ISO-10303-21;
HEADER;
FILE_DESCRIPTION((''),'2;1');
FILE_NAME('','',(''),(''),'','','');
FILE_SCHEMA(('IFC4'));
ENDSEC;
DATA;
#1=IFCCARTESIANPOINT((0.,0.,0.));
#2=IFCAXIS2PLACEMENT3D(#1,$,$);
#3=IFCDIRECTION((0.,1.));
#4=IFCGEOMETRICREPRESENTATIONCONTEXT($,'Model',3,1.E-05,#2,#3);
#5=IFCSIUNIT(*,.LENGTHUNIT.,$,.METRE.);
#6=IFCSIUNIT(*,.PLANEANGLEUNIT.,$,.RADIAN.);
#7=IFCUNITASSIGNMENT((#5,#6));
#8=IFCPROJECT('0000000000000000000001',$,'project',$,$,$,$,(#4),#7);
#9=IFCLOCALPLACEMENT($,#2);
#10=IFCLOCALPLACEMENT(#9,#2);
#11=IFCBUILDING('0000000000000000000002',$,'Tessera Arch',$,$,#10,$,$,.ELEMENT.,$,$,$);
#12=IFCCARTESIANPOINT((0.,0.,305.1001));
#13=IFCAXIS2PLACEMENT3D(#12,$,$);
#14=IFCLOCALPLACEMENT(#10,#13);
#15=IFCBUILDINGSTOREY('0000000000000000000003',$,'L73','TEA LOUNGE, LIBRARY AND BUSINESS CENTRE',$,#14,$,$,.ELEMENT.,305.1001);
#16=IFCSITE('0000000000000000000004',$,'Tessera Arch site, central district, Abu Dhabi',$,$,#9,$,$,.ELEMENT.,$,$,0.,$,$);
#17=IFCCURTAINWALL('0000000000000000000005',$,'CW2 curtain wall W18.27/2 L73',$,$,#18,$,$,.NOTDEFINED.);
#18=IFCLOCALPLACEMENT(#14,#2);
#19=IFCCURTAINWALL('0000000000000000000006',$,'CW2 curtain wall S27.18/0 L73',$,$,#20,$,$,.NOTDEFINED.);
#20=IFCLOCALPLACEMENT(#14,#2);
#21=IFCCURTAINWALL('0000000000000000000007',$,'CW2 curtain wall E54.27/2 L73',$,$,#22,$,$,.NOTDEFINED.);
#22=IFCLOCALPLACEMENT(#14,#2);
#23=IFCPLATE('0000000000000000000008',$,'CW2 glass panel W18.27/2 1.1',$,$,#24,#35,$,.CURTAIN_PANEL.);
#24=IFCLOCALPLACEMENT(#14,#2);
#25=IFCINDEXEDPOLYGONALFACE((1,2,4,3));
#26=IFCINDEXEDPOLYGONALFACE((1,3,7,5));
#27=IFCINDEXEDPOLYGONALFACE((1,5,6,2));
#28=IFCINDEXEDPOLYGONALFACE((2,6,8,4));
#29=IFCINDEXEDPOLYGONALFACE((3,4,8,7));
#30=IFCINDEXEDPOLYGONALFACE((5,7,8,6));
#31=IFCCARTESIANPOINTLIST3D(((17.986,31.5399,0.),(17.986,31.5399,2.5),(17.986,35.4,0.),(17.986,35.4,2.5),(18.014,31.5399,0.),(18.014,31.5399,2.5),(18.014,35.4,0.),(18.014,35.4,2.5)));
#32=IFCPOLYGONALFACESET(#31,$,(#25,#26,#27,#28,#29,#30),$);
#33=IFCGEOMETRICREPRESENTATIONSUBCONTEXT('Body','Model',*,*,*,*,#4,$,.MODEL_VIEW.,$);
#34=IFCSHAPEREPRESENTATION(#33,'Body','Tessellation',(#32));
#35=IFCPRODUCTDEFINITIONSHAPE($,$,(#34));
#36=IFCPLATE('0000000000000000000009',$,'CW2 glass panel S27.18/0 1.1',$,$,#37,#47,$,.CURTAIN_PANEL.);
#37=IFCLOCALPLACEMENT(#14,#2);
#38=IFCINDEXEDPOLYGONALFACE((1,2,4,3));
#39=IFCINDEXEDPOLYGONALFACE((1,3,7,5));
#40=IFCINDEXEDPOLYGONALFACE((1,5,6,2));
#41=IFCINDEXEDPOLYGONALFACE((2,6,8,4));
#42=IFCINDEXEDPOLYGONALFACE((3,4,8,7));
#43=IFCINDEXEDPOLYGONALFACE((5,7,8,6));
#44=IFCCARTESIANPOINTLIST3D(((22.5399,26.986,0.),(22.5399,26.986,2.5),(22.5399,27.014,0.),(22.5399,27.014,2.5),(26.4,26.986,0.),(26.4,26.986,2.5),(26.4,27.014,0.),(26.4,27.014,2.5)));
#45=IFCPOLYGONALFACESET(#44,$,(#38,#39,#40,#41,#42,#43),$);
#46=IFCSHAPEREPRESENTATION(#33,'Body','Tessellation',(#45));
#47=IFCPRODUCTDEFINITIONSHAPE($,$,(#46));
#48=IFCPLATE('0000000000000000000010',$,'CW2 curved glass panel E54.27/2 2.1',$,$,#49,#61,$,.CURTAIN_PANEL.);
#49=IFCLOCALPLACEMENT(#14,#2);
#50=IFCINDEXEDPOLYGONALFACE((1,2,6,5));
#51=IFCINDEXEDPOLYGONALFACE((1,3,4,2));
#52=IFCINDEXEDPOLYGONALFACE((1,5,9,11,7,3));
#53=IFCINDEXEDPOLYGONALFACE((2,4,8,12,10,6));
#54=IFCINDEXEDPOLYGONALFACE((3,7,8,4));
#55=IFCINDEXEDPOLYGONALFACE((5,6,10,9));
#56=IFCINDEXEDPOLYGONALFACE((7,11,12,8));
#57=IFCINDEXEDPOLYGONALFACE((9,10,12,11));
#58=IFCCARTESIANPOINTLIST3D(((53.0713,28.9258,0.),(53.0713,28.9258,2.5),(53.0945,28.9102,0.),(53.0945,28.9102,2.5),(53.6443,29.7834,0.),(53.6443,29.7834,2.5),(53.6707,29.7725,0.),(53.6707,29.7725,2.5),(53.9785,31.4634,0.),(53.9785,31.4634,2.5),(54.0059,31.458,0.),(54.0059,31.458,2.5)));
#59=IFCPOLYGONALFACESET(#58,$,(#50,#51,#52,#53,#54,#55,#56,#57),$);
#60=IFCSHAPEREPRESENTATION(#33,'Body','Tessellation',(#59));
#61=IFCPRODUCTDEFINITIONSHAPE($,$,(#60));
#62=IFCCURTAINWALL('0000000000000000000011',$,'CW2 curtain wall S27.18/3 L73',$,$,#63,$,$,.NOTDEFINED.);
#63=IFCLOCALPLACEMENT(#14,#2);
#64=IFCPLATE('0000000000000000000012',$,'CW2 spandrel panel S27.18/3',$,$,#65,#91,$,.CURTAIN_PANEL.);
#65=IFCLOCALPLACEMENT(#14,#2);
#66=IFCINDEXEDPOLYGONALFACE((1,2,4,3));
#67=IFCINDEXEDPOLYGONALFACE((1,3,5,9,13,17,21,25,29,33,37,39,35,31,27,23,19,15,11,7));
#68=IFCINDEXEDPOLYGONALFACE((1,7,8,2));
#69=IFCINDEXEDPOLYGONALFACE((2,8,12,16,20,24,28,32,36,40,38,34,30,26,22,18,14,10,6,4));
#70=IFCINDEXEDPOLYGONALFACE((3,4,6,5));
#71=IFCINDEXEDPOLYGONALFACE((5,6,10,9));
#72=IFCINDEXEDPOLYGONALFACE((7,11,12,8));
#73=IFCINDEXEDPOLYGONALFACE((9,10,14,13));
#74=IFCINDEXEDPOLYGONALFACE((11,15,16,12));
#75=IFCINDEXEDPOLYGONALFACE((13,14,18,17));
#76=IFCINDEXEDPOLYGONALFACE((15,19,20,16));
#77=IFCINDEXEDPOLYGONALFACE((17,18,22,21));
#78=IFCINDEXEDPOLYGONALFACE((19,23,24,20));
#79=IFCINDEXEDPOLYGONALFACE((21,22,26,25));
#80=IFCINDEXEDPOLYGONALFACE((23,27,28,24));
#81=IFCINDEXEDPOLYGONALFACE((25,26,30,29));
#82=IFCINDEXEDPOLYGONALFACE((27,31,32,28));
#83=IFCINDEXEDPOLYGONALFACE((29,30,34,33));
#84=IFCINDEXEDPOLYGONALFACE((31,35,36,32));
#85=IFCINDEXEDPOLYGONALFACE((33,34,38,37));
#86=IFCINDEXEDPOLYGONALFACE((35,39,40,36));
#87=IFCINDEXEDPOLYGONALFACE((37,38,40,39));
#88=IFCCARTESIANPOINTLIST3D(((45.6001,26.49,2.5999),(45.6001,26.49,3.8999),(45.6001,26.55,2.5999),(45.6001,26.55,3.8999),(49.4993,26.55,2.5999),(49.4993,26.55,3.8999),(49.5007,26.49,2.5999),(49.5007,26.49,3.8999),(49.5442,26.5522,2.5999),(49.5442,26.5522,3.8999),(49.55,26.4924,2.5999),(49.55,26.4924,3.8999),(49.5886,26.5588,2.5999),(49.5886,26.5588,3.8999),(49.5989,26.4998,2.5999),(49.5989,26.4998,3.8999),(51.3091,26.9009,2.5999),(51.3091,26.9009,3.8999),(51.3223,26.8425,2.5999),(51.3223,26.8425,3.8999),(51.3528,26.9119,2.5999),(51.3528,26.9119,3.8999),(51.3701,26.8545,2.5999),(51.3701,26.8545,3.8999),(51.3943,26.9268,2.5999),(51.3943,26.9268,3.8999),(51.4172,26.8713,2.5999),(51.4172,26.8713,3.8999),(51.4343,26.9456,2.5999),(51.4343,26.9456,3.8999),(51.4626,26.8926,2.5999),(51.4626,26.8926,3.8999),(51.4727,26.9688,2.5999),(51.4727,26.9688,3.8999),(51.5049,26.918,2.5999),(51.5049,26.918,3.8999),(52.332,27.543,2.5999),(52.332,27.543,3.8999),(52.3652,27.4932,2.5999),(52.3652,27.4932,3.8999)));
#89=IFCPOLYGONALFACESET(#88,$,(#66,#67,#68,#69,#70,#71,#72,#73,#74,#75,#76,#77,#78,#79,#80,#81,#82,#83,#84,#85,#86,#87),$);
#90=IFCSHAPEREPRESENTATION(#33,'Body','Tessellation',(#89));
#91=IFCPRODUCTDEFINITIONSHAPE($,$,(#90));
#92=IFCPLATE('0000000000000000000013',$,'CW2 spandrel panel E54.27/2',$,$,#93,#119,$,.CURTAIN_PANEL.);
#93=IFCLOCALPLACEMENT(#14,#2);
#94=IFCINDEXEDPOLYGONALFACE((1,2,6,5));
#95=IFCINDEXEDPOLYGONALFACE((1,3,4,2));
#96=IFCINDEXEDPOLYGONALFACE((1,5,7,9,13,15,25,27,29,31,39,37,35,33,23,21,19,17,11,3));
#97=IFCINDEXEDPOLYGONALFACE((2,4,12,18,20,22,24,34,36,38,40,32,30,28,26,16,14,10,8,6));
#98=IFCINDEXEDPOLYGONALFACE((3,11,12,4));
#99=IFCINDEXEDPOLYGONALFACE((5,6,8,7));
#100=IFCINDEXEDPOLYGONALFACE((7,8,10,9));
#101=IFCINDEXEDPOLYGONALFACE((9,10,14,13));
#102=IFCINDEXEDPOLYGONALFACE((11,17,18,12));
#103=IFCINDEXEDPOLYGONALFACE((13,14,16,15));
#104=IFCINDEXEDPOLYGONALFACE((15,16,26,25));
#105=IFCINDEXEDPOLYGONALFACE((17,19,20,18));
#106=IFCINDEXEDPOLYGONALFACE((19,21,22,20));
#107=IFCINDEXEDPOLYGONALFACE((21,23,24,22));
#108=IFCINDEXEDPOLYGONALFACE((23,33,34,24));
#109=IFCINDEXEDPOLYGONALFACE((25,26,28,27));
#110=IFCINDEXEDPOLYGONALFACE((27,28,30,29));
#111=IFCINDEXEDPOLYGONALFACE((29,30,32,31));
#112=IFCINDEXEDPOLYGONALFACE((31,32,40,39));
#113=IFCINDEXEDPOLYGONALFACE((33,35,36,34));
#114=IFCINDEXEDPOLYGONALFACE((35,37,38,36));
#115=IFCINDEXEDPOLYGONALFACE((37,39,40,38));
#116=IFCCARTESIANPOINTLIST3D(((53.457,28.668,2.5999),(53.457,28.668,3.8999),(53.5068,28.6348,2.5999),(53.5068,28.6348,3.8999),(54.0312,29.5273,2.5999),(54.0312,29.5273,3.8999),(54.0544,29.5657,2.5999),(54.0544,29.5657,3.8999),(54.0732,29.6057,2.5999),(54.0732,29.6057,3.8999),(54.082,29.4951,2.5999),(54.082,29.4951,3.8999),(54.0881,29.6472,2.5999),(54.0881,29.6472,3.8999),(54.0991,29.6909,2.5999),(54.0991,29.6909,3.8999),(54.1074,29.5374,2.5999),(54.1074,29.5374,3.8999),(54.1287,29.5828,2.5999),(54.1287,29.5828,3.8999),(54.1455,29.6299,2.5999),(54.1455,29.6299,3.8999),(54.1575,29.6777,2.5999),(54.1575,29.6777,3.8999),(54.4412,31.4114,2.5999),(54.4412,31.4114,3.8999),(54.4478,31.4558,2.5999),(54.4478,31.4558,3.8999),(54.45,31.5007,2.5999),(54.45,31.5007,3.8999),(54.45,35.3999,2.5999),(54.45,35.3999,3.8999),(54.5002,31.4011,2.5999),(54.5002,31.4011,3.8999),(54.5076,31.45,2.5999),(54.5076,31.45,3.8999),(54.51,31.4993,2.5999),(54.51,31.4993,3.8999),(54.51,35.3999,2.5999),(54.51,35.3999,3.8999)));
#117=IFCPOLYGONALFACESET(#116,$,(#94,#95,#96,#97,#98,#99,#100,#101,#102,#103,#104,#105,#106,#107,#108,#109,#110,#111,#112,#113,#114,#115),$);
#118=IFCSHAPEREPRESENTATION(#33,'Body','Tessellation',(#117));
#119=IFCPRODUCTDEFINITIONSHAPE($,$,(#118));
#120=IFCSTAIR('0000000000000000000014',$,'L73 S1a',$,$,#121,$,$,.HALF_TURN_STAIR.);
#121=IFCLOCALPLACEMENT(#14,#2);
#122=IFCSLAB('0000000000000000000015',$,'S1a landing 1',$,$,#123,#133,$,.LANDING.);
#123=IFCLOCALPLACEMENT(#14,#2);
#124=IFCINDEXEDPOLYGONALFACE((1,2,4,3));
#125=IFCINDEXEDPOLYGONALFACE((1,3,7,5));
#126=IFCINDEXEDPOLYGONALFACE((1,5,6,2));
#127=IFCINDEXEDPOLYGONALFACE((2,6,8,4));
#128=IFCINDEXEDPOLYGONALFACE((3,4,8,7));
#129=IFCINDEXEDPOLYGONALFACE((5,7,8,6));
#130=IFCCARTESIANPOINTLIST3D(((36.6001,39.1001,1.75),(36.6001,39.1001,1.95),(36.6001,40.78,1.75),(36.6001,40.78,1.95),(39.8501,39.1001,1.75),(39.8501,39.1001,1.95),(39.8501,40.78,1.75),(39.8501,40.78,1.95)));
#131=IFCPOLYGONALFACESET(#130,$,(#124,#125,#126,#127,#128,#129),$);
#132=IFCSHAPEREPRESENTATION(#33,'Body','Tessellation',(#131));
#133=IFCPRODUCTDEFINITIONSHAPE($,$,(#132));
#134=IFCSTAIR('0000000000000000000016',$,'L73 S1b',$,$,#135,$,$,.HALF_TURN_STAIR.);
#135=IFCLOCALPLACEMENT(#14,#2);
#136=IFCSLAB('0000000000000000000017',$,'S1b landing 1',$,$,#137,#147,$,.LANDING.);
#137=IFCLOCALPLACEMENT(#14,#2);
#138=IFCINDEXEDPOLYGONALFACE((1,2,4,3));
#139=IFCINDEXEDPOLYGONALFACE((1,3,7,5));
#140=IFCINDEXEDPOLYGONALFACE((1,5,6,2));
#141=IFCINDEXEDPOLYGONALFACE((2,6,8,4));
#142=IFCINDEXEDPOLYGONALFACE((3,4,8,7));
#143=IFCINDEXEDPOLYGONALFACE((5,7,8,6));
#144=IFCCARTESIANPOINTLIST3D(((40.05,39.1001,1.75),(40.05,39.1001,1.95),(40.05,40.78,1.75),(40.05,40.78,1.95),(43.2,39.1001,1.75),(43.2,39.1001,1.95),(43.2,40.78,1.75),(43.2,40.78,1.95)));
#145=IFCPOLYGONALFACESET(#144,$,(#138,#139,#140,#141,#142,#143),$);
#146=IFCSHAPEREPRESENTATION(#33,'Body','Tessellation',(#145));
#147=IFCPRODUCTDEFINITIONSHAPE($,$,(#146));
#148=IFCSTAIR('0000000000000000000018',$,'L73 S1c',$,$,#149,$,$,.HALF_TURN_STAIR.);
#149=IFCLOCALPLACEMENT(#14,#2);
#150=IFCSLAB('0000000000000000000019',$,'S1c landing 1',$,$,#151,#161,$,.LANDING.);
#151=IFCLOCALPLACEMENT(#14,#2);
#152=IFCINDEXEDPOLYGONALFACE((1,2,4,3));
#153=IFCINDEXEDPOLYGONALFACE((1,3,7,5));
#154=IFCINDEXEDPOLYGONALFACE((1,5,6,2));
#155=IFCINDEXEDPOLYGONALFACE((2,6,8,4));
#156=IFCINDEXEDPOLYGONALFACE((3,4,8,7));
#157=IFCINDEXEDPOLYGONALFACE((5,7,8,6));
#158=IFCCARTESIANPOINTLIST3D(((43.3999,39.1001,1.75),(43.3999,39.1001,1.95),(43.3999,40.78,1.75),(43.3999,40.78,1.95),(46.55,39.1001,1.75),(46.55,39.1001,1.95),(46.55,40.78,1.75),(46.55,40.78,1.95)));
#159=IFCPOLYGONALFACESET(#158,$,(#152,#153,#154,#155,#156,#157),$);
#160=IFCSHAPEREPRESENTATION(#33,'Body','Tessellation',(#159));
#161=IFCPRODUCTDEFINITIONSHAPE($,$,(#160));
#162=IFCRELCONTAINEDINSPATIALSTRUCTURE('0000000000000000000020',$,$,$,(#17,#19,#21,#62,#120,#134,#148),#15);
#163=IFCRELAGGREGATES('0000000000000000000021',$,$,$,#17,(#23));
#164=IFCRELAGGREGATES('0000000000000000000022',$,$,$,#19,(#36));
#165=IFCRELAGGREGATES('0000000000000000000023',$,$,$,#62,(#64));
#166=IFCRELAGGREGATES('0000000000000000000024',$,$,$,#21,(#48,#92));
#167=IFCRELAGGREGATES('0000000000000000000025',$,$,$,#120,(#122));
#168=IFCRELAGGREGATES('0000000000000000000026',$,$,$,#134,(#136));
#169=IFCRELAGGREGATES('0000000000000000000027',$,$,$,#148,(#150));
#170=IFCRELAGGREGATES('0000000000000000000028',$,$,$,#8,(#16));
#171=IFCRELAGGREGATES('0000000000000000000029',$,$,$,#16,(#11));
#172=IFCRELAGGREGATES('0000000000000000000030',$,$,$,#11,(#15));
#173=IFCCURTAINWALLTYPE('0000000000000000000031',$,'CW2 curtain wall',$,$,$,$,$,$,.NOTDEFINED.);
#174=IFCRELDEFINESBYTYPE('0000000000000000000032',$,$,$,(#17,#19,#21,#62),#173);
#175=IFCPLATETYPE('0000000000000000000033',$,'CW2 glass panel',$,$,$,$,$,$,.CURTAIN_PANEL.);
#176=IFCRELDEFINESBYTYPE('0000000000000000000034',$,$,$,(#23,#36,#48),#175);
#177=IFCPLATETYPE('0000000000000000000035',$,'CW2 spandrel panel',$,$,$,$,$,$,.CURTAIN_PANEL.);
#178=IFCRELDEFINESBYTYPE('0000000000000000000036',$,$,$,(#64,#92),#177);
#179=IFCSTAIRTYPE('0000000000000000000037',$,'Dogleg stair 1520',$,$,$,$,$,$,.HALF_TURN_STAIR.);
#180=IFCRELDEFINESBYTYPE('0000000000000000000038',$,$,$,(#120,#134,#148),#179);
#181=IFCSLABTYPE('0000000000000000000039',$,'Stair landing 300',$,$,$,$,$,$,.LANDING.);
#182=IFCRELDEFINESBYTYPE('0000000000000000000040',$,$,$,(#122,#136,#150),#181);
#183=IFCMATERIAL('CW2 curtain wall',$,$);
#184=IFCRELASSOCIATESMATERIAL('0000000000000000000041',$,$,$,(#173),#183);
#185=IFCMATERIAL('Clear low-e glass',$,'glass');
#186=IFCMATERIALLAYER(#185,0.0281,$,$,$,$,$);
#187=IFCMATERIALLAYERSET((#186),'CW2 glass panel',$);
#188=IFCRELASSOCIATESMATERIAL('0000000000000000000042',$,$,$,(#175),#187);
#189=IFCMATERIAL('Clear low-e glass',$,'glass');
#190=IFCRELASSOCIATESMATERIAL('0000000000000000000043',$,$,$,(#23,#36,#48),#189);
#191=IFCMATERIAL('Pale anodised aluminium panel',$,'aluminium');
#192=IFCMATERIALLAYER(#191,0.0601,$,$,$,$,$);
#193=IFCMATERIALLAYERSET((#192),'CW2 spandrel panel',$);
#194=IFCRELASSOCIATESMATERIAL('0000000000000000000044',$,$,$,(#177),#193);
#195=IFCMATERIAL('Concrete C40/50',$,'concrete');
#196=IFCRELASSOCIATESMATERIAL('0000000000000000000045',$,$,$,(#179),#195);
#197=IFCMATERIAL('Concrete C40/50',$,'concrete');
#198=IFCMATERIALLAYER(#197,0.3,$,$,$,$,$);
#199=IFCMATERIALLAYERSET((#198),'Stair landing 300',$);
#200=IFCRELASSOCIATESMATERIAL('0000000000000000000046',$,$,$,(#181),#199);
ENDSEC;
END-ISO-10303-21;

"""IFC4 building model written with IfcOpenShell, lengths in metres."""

from ifc_helpers import new_model, si_unit, direction, frame, origin, origin_2d, place, context, subcontext, project, spatial, polyline, rectangle, outline, extrude, material, layer, layer_set, type_object, element, aggregate, save


model = new_model("IFC4")

# Units and contexts
model_context = context("Model", 3, precision=1e-05, world=origin(), true_north=direction((0.0, 1.0)))
body_context = subcontext(model_context, "Body", "Model", "MODEL_VIEW")
ifc_project = project(units=[si_unit("LENGTHUNIT", "METRE"), si_unit("PLANEANGLEUNIT", "RADIAN")], contexts=[model_context])

# Site, building, storey
site_placement = place(None, origin())
site = spatial("IfcSite", under=ifc_project, at=site_placement, Name="Tessera Arch site, central district, Abu Dhabi", CompositionType="ELEMENT", RefElevation=0.0)
building_placement = place(site_placement, origin())
building = spatial("IfcBuilding", under=site, at=building_placement, Name="Tessera Arch", CompositionType="ELEMENT")
storey_placement = place(building_placement, frame((0.0, 0.0, 305.1001)))
storey = spatial("IfcBuildingStorey", under=building, at=storey_placement, Name="L73", Description="TEA LOUNGE, LIBRARY AND BUSINESS CENTRE", CompositionType="ELEMENT", Elevation=305.1001)

# Curtain walls
ifc_material_1 = material(Name="CW2 curtain wall")
curtain_wall_type_1 = type_object("IfcCurtainWallType", Name="CW2 curtain wall", PredefinedType="NOTDEFINED", material=ifc_material_1)
curtain_wall_1_placement = place(storey_placement, origin())
curtain_wall_1 = element("IfcCurtainWall", 1, at=curtain_wall_1_placement, inside=storey, type_object=curtain_wall_type_1, Name="CW2 curtain wall W18.27/2 L73", PredefinedType="NOTDEFINED")
curtain_wall_2_placement = place(storey_placement, origin())
curtain_wall_2 = element("IfcCurtainWall", 2, at=curtain_wall_2_placement, inside=storey, type_object=curtain_wall_type_1, Name="CW2 curtain wall S27.18/0 L73", PredefinedType="NOTDEFINED")
curtain_wall_3_placement = place(storey_placement, origin())
curtain_wall_3 = element("IfcCurtainWall", 3, at=curtain_wall_3_placement, inside=storey, type_object=curtain_wall_type_1, Name="CW2 curtain wall E54.27/2 L73", PredefinedType="NOTDEFINED")

# Plates
ifc_material_2 = material(Name="Clear low-e glass", Category="glass")
ifc_material_3 = material(Name="Clear low-e glass", Category="glass")
ifc_layer_1 = layer(ifc_material_3, 0.0281)
ifc_layer_set_1 = layer_set([ifc_layer_1], Name="CW2 glass panel")
plate_type_1 = type_object("IfcPlateType", Name="CW2 glass panel", PredefinedType="CURTAIN_PANEL", material=ifc_layer_set_1)
plate_1_placement = place(storey_placement, frame((18.0, 33.47, 0.0), z_axis=(0.0, 0.0, 1.0), x_axis=(0.0, -1.0, 0.0)))
plate_1 = element("IfcPlate", 4, at=plate_1_placement, type_object=plate_type_1, material=ifc_material_2, Name="CW2 glass panel W18.27/2 1.1", PredefinedType="CURTAIN_PANEL", context=body_context, shape_type="SweptSolid", body=[
    extrude(rectangle(XDim=3.8601, YDim=0.0281, at=origin_2d()), origin(), (0.0, 0.0, 1.0), 2.5),
])
aggregate(curtain_wall_1, [plate_1])
plate_2_placement = place(storey_placement, frame((24.47, 27.0, 0.0), z_axis=(0.0, 0.0, 1.0), x_axis=(1.0, 0.0, 0.0)))
plate_2 = element("IfcPlate", 5, at=plate_2_placement, type_object=plate_type_1, material=ifc_material_2, Name="CW2 glass panel S27.18/0 1.1", PredefinedType="CURTAIN_PANEL", context=body_context, shape_type="SweptSolid", body=[
    extrude(rectangle(XDim=3.8601, YDim=0.0281, at=origin_2d()), origin(), (0.0, 0.0, 1.0), 2.5),
])
aggregate(curtain_wall_2, [plate_2])
plate_3_placement = place(storey_placement, origin())
plate_3 = element("IfcPlate", 6, at=plate_3_placement, type_object=plate_type_1, material=ifc_material_2, Name="CW2 curved glass panel E54.27/2 2.1", PredefinedType="CURTAIN_PANEL", context=body_context, shape_type="SweptSolid", body=[
    extrude(outline(polyline([(53.6443, 29.7834), (53.0713, 28.9258), (53.0945, 28.9102), (53.6707, 29.7725), (54.0059, 31.458), (53.9785, 31.4634), (53.6443, 29.7834)])), origin(), (0.0, 0.0, 1.0), 2.5),
])

# Curtain wall, plate
curtain_wall_4_placement = place(storey_placement, origin())
curtain_wall_4 = element("IfcCurtainWall", 7, at=curtain_wall_4_placement, inside=storey, type_object=curtain_wall_type_1, Name="CW2 curtain wall S27.18/3 L73", PredefinedType="NOTDEFINED")
ifc_material_4 = material(Name="Pale anodised aluminium panel", Category="aluminium")
ifc_layer_2 = layer(ifc_material_4, 0.0601)
ifc_layer_set_2 = layer_set([ifc_layer_2], Name="CW2 spandrel panel")
plate_type_2 = type_object("IfcPlateType", Name="CW2 spandrel panel", PredefinedType="CURTAIN_PANEL", material=ifc_layer_set_2)
plate_4_placement = place(storey_placement, frame((0.0, 0.0, 2.5999)))
plate_4 = element("IfcPlate", 8, at=plate_4_placement, type_object=plate_type_2, Name="CW2 spandrel panel S27.18/3", PredefinedType="CURTAIN_PANEL", context=body_context, shape_type="SweptSolid", body=[
    extrude(outline(polyline([(49.4993, 26.55), (45.6001, 26.55), (45.6001, 26.49), (49.5007, 26.49), (49.55, 26.4924), (49.5989, 26.4998), (51.3223, 26.8425), (51.3701, 26.8545), (51.4172, 26.8713), (51.4626, 26.8926), (51.5049, 26.918), (52.3652, 27.4932), (52.332, 27.543), (51.4727, 26.9688), (51.4343, 26.9456), (51.3943, 26.9268), (51.3528, 26.9119), (51.3091, 26.9009), (49.5886, 26.5588), (49.5442, 26.5522), (49.4993, 26.55)])), origin(), (0.0, 0.0, 1.0), 1.3),
])
aggregate(curtain_wall_4, [plate_4])

# Plate
plate_5_placement = place(storey_placement, frame((0.0, 0.0, 2.5999)))
plate_5 = element("IfcPlate", 9, at=plate_5_placement, type_object=plate_type_2, Name="CW2 spandrel panel E54.27/2", PredefinedType="CURTAIN_PANEL", context=body_context, shape_type="SweptSolid", body=[
    extrude(outline(polyline([(54.0312, 29.5273), (53.457, 28.668), (53.5068, 28.6348), (54.082, 29.4951), (54.1074, 29.5374), (54.1287, 29.5828), (54.1455, 29.6299), (54.1575, 29.6777), (54.5002, 31.4011), (54.5076, 31.45), (54.51, 31.4993), (54.51, 35.3999), (54.45, 35.3999), (54.45, 31.5007), (54.4478, 31.4558), (54.4412, 31.4114), (54.0991, 29.6909), (54.0881, 29.6472), (54.0732, 29.6057), (54.0544, 29.5657), (54.0312, 29.5273)])), origin(), (0.0, 0.0, 1.0), 1.3),
])
aggregate(curtain_wall_3, [plate_3, plate_5])

# Stairs, slabs
ifc_material_5 = material(Name="Concrete C40/50", Category="concrete")
stair_type = type_object("IfcStairType", Name="Dogleg stair 1520", PredefinedType="HALF_TURN_STAIR", material=ifc_material_5)
stair_1_placement = place(storey_placement, origin())
stair_1 = element("IfcStair", 10, at=stair_1_placement, inside=storey, type_object=stair_type, Name="L73 S1a", PredefinedType="HALF_TURN_STAIR")
ifc_material_6 = material(Name="Concrete C40/50", Category="concrete")
ifc_layer_3 = layer(ifc_material_6, 0.3)
ifc_layer_set_3 = layer_set([ifc_layer_3], Name="Stair landing 300")
slab_type = type_object("IfcSlabType", Name="Stair landing 300", PredefinedType="LANDING", material=ifc_layer_set_3)
slab_1_placement = place(storey_placement, frame((0.0, 0.0, 1.75)))
slab_1 = element("IfcSlab", 11, at=slab_1_placement, type_object=slab_type, Name="S1a landing 1", PredefinedType="LANDING", context=body_context, shape_type="SweptSolid", body=[
    extrude(outline(polyline([(36.6001, 40.78), (36.6001, 39.1001), (39.8501, 39.1001), (39.8501, 40.78), (36.6001, 40.78)])), origin(), (0.0, 0.0, 1.0), 0.2),
])
aggregate(stair_1, [slab_1])
stair_2_placement = place(storey_placement, origin())
stair_2 = element("IfcStair", 12, at=stair_2_placement, inside=storey, type_object=stair_type, Name="L73 S1b", PredefinedType="HALF_TURN_STAIR")
slab_2_placement = place(storey_placement, frame((0.0, 0.0, 1.75)))
slab_2 = element("IfcSlab", 13, at=slab_2_placement, type_object=slab_type, Name="S1b landing 1", PredefinedType="LANDING", context=body_context, shape_type="SweptSolid", body=[
    extrude(outline(polyline([(40.05, 40.78), (40.05, 39.1001), (43.2, 39.1001), (43.2, 40.78), (40.05, 40.78)])), origin(), (0.0, 0.0, 1.0), 0.2),
])
aggregate(stair_2, [slab_2])
stair_3_placement = place(storey_placement, origin())
stair_3 = element("IfcStair", 14, at=stair_3_placement, inside=storey, type_object=stair_type, Name="L73 S1c", PredefinedType="HALF_TURN_STAIR")
slab_3_placement = place(storey_placement, frame((0.0, 0.0, 1.75)))
slab_3 = element("IfcSlab", 15, at=slab_3_placement, type_object=slab_type, Name="S1c landing 1", PredefinedType="LANDING", context=body_context, shape_type="SweptSolid", body=[
    extrude(outline(polyline([(43.3999, 40.78), (43.3999, 39.1001), (46.55, 39.1001), (46.55, 40.78), (43.3999, 40.78)])), origin(), (0.0, 0.0, 1.0), 0.2),
])
aggregate(stair_3, [slab_3])

save(model, "model.ifc")
